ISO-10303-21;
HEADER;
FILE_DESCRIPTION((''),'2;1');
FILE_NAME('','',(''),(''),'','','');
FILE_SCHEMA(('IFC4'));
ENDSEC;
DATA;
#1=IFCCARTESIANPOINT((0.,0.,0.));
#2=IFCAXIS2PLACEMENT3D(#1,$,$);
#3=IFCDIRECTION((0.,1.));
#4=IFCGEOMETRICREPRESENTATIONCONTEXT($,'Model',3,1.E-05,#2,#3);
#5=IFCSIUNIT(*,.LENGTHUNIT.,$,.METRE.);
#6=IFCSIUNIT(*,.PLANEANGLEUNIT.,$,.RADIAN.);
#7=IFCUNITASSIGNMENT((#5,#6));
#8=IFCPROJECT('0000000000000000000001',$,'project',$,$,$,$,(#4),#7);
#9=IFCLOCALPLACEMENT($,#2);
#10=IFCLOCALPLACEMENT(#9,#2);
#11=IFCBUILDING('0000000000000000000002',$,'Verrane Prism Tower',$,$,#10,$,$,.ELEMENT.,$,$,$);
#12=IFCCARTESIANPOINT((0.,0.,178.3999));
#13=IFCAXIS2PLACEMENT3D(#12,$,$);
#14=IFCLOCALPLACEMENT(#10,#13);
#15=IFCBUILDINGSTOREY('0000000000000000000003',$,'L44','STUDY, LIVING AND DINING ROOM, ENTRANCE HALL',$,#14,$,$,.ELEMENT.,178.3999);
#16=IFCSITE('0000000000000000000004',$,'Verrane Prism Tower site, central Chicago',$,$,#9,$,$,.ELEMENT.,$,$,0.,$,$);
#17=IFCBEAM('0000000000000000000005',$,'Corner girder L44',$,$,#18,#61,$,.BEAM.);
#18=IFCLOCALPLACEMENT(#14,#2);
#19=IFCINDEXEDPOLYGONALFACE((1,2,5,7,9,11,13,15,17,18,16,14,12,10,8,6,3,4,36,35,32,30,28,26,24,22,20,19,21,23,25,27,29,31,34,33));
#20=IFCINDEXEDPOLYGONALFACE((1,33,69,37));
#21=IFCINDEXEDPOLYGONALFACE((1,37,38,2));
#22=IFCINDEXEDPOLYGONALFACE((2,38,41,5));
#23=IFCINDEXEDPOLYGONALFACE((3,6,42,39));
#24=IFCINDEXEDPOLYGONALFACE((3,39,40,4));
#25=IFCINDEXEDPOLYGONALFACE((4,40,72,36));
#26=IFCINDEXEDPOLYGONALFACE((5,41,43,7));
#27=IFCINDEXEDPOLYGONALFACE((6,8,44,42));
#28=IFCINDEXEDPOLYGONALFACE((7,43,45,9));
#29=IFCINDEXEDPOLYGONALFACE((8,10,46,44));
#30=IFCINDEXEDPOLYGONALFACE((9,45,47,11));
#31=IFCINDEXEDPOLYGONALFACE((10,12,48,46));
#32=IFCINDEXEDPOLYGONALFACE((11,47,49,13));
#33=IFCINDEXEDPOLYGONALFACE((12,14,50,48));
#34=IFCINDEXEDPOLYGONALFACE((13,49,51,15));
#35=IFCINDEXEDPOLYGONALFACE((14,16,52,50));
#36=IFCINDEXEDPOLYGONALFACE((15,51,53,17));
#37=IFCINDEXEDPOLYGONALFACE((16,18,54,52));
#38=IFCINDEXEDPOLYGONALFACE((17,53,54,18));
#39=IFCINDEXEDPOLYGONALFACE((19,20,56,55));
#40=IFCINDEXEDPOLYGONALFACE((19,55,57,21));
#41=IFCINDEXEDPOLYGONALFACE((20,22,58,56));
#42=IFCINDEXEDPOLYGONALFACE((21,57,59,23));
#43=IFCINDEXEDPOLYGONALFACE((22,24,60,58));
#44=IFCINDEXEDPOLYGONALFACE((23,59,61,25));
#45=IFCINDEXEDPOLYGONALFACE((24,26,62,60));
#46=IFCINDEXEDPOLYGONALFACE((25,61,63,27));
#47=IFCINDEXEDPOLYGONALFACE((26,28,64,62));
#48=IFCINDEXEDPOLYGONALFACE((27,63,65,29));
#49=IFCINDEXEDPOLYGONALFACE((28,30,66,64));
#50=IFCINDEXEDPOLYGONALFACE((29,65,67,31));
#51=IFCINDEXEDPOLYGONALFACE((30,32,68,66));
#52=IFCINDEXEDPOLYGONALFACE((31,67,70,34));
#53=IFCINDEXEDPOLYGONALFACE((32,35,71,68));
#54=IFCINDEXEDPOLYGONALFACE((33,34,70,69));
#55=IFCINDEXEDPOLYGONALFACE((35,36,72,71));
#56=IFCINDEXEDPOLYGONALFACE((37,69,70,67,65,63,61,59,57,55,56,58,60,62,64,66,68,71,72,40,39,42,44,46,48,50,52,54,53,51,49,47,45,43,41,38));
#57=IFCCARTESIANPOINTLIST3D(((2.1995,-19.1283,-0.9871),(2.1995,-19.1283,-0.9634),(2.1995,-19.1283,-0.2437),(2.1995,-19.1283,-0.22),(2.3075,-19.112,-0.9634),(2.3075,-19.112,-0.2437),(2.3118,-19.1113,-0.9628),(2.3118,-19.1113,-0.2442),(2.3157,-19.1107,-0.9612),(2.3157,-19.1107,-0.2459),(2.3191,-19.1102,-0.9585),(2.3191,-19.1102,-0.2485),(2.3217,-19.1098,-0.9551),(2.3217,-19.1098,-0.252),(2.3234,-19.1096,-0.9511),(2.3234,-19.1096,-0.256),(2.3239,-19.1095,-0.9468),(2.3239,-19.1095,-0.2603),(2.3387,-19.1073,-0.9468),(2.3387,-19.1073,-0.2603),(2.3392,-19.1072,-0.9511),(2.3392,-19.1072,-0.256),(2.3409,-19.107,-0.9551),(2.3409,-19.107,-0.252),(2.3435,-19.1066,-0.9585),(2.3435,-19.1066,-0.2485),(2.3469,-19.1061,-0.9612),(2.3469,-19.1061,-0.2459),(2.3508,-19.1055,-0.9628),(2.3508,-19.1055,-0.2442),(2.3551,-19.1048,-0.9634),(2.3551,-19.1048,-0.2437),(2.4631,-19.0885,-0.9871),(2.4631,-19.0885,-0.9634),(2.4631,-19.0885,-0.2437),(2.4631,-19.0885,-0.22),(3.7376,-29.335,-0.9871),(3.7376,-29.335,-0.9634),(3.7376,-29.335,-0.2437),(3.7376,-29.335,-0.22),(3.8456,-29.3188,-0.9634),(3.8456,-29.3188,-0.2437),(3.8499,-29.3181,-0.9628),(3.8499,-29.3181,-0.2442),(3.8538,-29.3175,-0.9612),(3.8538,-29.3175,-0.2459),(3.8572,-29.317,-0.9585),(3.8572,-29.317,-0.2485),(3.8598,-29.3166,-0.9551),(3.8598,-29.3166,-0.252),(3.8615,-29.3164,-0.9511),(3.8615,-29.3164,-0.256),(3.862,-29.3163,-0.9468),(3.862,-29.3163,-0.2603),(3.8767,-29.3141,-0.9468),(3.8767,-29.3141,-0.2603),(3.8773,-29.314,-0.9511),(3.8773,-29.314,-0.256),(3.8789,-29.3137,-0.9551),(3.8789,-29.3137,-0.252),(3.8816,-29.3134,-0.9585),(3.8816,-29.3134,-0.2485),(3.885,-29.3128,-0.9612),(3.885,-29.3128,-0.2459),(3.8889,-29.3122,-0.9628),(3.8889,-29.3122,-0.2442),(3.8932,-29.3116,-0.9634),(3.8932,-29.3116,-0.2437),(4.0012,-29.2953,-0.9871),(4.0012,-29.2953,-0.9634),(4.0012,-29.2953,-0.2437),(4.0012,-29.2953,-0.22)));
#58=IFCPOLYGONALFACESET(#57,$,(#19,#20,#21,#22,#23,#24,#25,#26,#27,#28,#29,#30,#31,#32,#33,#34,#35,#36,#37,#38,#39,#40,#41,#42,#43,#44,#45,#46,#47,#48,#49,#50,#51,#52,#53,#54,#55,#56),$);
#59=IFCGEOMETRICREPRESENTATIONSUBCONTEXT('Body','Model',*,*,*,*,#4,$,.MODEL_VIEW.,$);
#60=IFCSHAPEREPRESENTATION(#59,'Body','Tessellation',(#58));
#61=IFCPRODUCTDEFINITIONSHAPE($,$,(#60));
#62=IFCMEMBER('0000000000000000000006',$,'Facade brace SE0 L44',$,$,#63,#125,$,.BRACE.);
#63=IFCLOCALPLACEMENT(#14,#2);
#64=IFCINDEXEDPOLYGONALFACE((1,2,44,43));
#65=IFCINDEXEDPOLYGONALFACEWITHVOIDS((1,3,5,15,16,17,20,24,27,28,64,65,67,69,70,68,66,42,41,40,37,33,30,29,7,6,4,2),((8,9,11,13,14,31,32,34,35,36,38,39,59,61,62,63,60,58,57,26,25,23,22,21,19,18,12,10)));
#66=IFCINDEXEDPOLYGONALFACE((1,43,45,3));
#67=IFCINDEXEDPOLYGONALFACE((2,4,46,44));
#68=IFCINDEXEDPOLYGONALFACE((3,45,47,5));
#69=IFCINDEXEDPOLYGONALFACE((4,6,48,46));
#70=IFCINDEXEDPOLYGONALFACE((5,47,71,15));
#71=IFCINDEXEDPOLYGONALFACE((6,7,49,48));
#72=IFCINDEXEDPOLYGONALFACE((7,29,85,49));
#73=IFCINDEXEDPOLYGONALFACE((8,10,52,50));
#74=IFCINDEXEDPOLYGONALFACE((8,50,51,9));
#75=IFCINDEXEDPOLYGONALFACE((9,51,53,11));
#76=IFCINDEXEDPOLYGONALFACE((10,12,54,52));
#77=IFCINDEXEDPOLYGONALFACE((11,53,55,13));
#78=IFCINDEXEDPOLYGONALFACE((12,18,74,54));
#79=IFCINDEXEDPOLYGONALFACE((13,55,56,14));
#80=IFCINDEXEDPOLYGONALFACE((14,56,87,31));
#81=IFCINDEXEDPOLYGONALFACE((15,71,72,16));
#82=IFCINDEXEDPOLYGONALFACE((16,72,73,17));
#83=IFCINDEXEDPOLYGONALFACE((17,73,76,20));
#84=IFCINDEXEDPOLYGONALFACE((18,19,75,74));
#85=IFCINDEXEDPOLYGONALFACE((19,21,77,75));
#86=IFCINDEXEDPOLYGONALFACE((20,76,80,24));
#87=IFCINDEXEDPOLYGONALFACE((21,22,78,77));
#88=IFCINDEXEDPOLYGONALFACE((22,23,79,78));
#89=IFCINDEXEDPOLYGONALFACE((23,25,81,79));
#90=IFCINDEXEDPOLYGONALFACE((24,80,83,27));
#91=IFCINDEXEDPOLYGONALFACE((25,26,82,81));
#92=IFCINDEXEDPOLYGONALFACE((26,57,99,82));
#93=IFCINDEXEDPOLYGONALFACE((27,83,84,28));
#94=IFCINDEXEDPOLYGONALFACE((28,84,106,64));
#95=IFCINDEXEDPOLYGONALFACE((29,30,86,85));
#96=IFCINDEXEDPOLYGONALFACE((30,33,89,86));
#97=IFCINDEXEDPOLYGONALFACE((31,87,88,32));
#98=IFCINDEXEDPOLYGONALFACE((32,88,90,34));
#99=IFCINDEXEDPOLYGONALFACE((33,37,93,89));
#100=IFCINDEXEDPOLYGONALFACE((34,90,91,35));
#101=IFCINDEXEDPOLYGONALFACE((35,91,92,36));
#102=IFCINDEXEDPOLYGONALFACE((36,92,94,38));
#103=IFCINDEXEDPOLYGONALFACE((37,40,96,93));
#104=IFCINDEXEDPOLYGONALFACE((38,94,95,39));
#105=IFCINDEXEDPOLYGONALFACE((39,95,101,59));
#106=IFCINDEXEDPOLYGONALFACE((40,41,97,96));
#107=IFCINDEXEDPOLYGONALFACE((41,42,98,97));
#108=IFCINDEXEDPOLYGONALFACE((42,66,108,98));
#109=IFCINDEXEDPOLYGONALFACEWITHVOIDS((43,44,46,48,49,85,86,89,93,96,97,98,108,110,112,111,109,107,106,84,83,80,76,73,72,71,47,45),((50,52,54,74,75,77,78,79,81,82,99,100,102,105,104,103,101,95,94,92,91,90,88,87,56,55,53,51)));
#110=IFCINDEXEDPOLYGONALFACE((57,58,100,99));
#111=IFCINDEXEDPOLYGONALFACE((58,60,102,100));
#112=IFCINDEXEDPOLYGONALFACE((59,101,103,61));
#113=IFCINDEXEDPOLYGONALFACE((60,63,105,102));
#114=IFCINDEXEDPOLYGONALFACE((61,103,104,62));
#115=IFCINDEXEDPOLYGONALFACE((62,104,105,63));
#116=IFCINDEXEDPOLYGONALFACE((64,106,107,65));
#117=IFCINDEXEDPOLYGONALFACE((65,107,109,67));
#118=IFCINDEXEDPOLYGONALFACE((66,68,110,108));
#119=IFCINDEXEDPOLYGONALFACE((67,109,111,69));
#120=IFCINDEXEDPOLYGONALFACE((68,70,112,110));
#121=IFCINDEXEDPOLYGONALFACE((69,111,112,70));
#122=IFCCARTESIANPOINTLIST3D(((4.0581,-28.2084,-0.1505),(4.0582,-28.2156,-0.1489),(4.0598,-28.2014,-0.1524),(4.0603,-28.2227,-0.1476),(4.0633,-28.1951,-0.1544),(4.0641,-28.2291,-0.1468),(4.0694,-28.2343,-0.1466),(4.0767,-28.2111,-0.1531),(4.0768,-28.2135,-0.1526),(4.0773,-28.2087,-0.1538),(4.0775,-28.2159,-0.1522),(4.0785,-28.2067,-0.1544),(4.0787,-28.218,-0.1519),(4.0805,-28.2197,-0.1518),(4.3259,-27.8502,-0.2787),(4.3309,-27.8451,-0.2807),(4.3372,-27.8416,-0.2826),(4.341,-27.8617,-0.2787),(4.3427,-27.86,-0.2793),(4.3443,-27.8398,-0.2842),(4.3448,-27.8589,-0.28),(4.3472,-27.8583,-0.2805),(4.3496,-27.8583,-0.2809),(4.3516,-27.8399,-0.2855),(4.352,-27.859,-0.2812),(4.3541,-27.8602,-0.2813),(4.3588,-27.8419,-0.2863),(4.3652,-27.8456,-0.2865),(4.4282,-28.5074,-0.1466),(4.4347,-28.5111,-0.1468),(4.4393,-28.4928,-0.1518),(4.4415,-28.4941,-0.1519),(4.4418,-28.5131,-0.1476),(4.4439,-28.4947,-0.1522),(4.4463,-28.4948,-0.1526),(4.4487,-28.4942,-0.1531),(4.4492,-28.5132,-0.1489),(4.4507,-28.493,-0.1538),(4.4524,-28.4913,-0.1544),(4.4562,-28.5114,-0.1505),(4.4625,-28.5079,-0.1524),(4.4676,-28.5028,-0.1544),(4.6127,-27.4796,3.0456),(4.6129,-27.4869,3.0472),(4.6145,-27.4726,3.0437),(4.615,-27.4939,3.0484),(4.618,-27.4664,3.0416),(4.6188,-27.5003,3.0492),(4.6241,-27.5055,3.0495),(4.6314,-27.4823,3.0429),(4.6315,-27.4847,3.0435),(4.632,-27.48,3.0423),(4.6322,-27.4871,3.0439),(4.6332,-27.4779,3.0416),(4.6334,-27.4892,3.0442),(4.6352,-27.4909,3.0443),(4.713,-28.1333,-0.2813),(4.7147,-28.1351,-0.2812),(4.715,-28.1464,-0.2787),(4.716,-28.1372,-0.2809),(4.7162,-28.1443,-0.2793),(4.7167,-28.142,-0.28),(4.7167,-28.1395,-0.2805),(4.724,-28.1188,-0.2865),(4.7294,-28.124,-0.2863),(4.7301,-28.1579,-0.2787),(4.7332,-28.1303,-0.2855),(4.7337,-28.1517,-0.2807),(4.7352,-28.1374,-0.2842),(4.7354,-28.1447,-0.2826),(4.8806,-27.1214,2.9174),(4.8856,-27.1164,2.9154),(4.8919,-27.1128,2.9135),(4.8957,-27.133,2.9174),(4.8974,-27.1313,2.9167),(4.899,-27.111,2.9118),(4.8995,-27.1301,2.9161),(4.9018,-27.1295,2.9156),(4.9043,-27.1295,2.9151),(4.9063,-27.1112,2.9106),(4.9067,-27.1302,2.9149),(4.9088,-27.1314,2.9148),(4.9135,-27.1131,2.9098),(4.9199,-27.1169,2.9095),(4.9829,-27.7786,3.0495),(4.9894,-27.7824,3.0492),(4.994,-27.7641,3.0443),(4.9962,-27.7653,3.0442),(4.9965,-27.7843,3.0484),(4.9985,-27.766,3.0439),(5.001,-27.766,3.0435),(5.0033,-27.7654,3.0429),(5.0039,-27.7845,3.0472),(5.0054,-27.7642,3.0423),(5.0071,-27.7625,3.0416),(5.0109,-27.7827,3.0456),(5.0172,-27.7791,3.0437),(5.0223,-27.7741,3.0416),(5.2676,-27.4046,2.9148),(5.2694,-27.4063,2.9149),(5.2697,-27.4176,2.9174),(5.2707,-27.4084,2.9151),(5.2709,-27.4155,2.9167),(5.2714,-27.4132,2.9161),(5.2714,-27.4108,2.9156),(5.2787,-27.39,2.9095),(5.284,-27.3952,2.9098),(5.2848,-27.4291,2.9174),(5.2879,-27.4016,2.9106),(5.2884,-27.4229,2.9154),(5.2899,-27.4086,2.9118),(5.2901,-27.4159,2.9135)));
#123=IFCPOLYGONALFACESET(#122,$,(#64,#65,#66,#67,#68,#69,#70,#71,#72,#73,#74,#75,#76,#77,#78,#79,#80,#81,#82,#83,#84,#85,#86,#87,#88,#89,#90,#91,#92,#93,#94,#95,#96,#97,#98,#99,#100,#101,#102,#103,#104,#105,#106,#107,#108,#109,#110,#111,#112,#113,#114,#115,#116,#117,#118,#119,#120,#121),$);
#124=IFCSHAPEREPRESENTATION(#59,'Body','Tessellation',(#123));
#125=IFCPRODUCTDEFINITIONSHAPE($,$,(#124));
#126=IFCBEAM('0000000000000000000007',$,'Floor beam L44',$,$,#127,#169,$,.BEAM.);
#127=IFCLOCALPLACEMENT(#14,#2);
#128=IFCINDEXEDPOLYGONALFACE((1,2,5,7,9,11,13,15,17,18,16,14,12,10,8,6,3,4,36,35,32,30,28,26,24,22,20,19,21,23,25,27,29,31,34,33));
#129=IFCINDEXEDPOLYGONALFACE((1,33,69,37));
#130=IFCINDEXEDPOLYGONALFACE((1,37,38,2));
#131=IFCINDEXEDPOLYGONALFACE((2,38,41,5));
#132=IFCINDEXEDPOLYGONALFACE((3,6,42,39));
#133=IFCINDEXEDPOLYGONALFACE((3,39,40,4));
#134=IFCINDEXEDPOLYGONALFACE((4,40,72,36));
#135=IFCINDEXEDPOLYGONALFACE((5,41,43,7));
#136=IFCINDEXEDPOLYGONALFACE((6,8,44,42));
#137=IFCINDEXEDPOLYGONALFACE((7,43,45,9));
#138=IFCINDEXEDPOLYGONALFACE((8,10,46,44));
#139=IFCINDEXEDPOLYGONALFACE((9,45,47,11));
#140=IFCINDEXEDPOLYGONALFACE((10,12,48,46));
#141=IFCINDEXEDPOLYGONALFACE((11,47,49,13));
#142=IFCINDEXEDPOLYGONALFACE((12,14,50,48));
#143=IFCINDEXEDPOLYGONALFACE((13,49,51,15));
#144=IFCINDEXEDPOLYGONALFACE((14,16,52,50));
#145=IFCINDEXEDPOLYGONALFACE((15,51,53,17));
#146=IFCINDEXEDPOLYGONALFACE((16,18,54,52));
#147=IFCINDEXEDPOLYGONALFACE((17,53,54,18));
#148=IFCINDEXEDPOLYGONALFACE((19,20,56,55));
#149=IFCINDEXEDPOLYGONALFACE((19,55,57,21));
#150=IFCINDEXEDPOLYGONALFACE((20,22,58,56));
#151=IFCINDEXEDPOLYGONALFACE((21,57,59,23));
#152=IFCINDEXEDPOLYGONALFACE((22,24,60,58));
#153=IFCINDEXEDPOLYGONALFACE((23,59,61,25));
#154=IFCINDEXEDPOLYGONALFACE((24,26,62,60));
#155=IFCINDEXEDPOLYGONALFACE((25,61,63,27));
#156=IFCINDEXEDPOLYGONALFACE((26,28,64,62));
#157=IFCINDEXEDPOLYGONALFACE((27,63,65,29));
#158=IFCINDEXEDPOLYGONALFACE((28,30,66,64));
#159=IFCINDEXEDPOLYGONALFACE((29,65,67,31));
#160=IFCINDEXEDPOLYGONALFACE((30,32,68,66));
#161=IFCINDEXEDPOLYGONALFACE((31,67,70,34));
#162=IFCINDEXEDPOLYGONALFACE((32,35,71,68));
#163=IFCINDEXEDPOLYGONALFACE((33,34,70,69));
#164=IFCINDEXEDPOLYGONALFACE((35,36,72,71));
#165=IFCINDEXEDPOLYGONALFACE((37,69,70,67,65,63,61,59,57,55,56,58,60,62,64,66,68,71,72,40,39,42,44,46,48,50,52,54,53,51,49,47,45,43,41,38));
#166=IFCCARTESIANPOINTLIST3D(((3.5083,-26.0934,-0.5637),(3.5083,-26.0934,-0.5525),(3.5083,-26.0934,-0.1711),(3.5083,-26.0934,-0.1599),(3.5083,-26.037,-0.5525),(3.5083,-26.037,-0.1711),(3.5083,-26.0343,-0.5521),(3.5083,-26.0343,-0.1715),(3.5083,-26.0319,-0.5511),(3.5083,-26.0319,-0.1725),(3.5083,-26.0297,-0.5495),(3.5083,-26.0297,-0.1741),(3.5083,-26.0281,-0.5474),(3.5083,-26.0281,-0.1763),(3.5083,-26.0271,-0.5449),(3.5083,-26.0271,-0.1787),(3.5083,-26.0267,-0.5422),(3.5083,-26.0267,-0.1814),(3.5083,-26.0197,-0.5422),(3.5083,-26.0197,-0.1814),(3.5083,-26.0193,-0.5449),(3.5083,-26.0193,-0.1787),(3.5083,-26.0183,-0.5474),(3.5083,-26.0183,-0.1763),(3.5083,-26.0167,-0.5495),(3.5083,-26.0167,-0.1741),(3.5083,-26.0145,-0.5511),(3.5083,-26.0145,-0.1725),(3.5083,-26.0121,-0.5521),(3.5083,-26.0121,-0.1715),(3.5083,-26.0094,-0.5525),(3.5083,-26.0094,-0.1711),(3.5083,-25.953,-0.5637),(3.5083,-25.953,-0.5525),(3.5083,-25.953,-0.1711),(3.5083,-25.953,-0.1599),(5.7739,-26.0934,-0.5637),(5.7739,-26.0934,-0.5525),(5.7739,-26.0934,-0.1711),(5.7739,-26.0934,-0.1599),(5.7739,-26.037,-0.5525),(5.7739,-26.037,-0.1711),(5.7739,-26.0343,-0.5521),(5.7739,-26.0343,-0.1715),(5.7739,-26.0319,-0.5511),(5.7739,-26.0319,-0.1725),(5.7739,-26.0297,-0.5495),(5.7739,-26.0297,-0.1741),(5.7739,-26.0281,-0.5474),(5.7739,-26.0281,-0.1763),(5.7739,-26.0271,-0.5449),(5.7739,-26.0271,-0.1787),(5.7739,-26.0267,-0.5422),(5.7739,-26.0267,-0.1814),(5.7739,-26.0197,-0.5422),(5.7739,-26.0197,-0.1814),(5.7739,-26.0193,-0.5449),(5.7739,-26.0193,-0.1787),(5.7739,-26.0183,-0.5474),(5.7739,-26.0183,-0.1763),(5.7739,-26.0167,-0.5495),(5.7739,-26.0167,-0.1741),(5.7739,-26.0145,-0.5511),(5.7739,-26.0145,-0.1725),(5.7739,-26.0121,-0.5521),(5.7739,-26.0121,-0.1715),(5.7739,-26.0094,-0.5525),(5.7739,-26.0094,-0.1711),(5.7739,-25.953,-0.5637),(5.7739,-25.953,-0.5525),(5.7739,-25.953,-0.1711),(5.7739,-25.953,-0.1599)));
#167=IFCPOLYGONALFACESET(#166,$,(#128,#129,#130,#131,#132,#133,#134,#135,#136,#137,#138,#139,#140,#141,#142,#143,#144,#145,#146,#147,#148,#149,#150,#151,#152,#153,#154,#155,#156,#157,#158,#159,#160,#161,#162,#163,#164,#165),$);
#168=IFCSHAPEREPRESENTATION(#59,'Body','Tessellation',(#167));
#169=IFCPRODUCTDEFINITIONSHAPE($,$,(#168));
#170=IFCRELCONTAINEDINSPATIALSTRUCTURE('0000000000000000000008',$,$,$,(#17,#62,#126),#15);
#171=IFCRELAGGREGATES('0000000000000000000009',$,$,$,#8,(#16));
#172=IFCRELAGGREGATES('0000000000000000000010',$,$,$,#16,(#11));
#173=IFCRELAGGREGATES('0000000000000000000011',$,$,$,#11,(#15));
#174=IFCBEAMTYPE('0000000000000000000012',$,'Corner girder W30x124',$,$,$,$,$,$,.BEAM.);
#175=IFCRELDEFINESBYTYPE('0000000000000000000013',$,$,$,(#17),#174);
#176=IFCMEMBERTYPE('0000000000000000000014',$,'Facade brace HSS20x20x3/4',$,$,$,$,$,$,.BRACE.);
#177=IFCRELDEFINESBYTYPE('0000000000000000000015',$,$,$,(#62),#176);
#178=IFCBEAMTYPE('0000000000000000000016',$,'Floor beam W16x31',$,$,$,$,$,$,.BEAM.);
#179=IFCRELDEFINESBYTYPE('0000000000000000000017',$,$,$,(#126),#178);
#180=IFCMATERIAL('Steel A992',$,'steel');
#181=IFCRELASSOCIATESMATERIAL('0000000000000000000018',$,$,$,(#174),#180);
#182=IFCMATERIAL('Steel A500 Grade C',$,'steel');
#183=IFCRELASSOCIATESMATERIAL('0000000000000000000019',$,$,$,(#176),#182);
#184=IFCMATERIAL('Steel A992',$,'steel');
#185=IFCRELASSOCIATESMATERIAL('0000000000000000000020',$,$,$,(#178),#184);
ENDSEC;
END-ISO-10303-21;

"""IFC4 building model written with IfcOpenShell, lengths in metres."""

from ifc_helpers import new_model, si_unit, direction, frame, origin, origin_2d, place, context, subcontext, project, spatial, hollow_rectangle, i_section, extrude, material, material_profile, profile_set, type_object, element, save


model = new_model("IFC4")

# Units and contexts
model_context = context("Model", 3, precision=1e-05, world=origin(), true_north=direction((0.0, 1.0)))
body_context = subcontext(model_context, "Body", "Model", "MODEL_VIEW")
ifc_project = project(units=[si_unit("LENGTHUNIT", "METRE"), si_unit("PLANEANGLEUNIT", "RADIAN")], contexts=[model_context])

# Site, building, storey
site_placement = place(None, origin())
site = spatial("IfcSite", under=ifc_project, at=site_placement, Name="Verrane Prism Tower site, central Chicago", CompositionType="ELEMENT", RefElevation=0.0)
building_placement = place(site_placement, origin())
building = spatial("IfcBuilding", under=site, at=building_placement, Name="Verrane Prism Tower", CompositionType="ELEMENT")
storey_placement = place(building_placement, frame((0.0, 0.0, 178.3999)))
storey = spatial("IfcBuildingStorey", under=building, at=storey_placement, Name="L44", Description="STUDY, LIVING AND DINING ROOM, ENTRANCE HALL", CompositionType="ELEMENT", Elevation=178.3999)

# Beam
ifc_material_1 = material(Name="Steel A992", Category="steel")
ifc_material_profile_1 = material_profile(ifc_material_1, i_section(OverallWidth=0.2666, OverallDepth=0.7671, WebThickness=0.0149, FlangeThickness=0.0237, FilletRadius=0.0166, at=origin_2d()), Name="W30x124")
ifc_profile_set_1 = profile_set([ifc_material_profile_1], Name="Steel A992")
beam_type_1 = type_object("IfcBeamType", Name="Corner girder W30x124", PredefinedType="BEAM", material=ifc_profile_set_1)
beam_1_placement = place(storey_placement, frame((3.8694, -29.3152, -0.6035), z_axis=(-0.14901, 0.988836, 0.0), x_axis=(-0.988836, -0.14901, 0.0)))
element("IfcBeam", 1, at=beam_1_placement, inside=storey, type_object=beam_type_1, Name="Corner girder L44", PredefinedType="BEAM", context=body_context, shape_type="SweptSolid", body=[
    extrude(i_section(OverallWidth=0.2666, OverallDepth=0.7671, WebThickness=0.0149, FlangeThickness=0.0237, FilletRadius=0.0166, at=origin_2d()), origin(), (0.0, 0.0, 1.0), 10.322),
])

# Member
ifc_material_2 = material(Name="Steel A500 Grade C", Category="steel")
ifc_material_profile_2 = material_profile(ifc_material_2, hollow_rectangle(XDim=0.5081, YDim=0.5081, WallThickness=0.019, InnerFilletRadius=0.0095, OuterFilletRadius=0.0286, at=origin_2d()), Name="HSS20x20x3/4")
ifc_profile_set_2 = profile_set([ifc_material_profile_2], Name="Steel A500 Grade C")
member_type_1 = type_object("IfcMemberType", Name="Facade brace HSS20x20x3/4", PredefinedType="BRACE", material=ifc_profile_set_2)
member_1_placement = place(storey_placement, frame((4.3967, -28.1765, -0.2166), z_axis=(0.16684, 0.219197, 0.96131), x_axis=(-0.795725, 0.605658, 0.0)))
element("IfcMember", 2, at=member_1_placement, inside=storey, type_object=member_type_1, Name="Facade brace SE0 L44", PredefinedType="BRACE", context=body_context, shape_type="SweptSolid", body=[
    extrude(hollow_rectangle(XDim=0.5081, YDim=0.5081, WallThickness=0.019, InnerFilletRadius=0.0095, OuterFilletRadius=0.0286, at=origin_2d()), origin(), (0.0, 0.0, 1.0), 3.3247),
])

# Beam
ifc_material_3 = material(Name="Steel A992", Category="steel")
ifc_material_profile_3 = material_profile(ifc_material_3, i_section(OverallWidth=0.1404, OverallDepth=0.4038, WebThickness=0.0071, FlangeThickness=0.0112, FilletRadius=0.0103, at=origin_2d()), Name="W16x31")
ifc_profile_set_3 = profile_set([ifc_material_profile_3], Name="Steel A992")
beam_type_2 = type_object("IfcBeamType", Name="Floor beam W16x31", PredefinedType="BEAM", material=ifc_profile_set_3)
beam_2_placement = place(storey_placement, frame((3.5083, -26.0232, -0.3618), z_axis=(1.0, 0.0, 0.0), x_axis=(0.0, 1.0, 0.0)))
element("IfcBeam", 3, at=beam_2_placement, inside=storey, type_object=beam_type_2, Name="Floor beam L44", PredefinedType="BEAM", context=body_context, shape_type="SweptSolid", body=[
    extrude(i_section(OverallWidth=0.1404, OverallDepth=0.4038, WebThickness=0.0071, FlangeThickness=0.0112, FilletRadius=0.0103, at=origin_2d()), origin(), (0.0, 0.0, 1.0), 2.2656),
])

save(model, "model.ifc")
